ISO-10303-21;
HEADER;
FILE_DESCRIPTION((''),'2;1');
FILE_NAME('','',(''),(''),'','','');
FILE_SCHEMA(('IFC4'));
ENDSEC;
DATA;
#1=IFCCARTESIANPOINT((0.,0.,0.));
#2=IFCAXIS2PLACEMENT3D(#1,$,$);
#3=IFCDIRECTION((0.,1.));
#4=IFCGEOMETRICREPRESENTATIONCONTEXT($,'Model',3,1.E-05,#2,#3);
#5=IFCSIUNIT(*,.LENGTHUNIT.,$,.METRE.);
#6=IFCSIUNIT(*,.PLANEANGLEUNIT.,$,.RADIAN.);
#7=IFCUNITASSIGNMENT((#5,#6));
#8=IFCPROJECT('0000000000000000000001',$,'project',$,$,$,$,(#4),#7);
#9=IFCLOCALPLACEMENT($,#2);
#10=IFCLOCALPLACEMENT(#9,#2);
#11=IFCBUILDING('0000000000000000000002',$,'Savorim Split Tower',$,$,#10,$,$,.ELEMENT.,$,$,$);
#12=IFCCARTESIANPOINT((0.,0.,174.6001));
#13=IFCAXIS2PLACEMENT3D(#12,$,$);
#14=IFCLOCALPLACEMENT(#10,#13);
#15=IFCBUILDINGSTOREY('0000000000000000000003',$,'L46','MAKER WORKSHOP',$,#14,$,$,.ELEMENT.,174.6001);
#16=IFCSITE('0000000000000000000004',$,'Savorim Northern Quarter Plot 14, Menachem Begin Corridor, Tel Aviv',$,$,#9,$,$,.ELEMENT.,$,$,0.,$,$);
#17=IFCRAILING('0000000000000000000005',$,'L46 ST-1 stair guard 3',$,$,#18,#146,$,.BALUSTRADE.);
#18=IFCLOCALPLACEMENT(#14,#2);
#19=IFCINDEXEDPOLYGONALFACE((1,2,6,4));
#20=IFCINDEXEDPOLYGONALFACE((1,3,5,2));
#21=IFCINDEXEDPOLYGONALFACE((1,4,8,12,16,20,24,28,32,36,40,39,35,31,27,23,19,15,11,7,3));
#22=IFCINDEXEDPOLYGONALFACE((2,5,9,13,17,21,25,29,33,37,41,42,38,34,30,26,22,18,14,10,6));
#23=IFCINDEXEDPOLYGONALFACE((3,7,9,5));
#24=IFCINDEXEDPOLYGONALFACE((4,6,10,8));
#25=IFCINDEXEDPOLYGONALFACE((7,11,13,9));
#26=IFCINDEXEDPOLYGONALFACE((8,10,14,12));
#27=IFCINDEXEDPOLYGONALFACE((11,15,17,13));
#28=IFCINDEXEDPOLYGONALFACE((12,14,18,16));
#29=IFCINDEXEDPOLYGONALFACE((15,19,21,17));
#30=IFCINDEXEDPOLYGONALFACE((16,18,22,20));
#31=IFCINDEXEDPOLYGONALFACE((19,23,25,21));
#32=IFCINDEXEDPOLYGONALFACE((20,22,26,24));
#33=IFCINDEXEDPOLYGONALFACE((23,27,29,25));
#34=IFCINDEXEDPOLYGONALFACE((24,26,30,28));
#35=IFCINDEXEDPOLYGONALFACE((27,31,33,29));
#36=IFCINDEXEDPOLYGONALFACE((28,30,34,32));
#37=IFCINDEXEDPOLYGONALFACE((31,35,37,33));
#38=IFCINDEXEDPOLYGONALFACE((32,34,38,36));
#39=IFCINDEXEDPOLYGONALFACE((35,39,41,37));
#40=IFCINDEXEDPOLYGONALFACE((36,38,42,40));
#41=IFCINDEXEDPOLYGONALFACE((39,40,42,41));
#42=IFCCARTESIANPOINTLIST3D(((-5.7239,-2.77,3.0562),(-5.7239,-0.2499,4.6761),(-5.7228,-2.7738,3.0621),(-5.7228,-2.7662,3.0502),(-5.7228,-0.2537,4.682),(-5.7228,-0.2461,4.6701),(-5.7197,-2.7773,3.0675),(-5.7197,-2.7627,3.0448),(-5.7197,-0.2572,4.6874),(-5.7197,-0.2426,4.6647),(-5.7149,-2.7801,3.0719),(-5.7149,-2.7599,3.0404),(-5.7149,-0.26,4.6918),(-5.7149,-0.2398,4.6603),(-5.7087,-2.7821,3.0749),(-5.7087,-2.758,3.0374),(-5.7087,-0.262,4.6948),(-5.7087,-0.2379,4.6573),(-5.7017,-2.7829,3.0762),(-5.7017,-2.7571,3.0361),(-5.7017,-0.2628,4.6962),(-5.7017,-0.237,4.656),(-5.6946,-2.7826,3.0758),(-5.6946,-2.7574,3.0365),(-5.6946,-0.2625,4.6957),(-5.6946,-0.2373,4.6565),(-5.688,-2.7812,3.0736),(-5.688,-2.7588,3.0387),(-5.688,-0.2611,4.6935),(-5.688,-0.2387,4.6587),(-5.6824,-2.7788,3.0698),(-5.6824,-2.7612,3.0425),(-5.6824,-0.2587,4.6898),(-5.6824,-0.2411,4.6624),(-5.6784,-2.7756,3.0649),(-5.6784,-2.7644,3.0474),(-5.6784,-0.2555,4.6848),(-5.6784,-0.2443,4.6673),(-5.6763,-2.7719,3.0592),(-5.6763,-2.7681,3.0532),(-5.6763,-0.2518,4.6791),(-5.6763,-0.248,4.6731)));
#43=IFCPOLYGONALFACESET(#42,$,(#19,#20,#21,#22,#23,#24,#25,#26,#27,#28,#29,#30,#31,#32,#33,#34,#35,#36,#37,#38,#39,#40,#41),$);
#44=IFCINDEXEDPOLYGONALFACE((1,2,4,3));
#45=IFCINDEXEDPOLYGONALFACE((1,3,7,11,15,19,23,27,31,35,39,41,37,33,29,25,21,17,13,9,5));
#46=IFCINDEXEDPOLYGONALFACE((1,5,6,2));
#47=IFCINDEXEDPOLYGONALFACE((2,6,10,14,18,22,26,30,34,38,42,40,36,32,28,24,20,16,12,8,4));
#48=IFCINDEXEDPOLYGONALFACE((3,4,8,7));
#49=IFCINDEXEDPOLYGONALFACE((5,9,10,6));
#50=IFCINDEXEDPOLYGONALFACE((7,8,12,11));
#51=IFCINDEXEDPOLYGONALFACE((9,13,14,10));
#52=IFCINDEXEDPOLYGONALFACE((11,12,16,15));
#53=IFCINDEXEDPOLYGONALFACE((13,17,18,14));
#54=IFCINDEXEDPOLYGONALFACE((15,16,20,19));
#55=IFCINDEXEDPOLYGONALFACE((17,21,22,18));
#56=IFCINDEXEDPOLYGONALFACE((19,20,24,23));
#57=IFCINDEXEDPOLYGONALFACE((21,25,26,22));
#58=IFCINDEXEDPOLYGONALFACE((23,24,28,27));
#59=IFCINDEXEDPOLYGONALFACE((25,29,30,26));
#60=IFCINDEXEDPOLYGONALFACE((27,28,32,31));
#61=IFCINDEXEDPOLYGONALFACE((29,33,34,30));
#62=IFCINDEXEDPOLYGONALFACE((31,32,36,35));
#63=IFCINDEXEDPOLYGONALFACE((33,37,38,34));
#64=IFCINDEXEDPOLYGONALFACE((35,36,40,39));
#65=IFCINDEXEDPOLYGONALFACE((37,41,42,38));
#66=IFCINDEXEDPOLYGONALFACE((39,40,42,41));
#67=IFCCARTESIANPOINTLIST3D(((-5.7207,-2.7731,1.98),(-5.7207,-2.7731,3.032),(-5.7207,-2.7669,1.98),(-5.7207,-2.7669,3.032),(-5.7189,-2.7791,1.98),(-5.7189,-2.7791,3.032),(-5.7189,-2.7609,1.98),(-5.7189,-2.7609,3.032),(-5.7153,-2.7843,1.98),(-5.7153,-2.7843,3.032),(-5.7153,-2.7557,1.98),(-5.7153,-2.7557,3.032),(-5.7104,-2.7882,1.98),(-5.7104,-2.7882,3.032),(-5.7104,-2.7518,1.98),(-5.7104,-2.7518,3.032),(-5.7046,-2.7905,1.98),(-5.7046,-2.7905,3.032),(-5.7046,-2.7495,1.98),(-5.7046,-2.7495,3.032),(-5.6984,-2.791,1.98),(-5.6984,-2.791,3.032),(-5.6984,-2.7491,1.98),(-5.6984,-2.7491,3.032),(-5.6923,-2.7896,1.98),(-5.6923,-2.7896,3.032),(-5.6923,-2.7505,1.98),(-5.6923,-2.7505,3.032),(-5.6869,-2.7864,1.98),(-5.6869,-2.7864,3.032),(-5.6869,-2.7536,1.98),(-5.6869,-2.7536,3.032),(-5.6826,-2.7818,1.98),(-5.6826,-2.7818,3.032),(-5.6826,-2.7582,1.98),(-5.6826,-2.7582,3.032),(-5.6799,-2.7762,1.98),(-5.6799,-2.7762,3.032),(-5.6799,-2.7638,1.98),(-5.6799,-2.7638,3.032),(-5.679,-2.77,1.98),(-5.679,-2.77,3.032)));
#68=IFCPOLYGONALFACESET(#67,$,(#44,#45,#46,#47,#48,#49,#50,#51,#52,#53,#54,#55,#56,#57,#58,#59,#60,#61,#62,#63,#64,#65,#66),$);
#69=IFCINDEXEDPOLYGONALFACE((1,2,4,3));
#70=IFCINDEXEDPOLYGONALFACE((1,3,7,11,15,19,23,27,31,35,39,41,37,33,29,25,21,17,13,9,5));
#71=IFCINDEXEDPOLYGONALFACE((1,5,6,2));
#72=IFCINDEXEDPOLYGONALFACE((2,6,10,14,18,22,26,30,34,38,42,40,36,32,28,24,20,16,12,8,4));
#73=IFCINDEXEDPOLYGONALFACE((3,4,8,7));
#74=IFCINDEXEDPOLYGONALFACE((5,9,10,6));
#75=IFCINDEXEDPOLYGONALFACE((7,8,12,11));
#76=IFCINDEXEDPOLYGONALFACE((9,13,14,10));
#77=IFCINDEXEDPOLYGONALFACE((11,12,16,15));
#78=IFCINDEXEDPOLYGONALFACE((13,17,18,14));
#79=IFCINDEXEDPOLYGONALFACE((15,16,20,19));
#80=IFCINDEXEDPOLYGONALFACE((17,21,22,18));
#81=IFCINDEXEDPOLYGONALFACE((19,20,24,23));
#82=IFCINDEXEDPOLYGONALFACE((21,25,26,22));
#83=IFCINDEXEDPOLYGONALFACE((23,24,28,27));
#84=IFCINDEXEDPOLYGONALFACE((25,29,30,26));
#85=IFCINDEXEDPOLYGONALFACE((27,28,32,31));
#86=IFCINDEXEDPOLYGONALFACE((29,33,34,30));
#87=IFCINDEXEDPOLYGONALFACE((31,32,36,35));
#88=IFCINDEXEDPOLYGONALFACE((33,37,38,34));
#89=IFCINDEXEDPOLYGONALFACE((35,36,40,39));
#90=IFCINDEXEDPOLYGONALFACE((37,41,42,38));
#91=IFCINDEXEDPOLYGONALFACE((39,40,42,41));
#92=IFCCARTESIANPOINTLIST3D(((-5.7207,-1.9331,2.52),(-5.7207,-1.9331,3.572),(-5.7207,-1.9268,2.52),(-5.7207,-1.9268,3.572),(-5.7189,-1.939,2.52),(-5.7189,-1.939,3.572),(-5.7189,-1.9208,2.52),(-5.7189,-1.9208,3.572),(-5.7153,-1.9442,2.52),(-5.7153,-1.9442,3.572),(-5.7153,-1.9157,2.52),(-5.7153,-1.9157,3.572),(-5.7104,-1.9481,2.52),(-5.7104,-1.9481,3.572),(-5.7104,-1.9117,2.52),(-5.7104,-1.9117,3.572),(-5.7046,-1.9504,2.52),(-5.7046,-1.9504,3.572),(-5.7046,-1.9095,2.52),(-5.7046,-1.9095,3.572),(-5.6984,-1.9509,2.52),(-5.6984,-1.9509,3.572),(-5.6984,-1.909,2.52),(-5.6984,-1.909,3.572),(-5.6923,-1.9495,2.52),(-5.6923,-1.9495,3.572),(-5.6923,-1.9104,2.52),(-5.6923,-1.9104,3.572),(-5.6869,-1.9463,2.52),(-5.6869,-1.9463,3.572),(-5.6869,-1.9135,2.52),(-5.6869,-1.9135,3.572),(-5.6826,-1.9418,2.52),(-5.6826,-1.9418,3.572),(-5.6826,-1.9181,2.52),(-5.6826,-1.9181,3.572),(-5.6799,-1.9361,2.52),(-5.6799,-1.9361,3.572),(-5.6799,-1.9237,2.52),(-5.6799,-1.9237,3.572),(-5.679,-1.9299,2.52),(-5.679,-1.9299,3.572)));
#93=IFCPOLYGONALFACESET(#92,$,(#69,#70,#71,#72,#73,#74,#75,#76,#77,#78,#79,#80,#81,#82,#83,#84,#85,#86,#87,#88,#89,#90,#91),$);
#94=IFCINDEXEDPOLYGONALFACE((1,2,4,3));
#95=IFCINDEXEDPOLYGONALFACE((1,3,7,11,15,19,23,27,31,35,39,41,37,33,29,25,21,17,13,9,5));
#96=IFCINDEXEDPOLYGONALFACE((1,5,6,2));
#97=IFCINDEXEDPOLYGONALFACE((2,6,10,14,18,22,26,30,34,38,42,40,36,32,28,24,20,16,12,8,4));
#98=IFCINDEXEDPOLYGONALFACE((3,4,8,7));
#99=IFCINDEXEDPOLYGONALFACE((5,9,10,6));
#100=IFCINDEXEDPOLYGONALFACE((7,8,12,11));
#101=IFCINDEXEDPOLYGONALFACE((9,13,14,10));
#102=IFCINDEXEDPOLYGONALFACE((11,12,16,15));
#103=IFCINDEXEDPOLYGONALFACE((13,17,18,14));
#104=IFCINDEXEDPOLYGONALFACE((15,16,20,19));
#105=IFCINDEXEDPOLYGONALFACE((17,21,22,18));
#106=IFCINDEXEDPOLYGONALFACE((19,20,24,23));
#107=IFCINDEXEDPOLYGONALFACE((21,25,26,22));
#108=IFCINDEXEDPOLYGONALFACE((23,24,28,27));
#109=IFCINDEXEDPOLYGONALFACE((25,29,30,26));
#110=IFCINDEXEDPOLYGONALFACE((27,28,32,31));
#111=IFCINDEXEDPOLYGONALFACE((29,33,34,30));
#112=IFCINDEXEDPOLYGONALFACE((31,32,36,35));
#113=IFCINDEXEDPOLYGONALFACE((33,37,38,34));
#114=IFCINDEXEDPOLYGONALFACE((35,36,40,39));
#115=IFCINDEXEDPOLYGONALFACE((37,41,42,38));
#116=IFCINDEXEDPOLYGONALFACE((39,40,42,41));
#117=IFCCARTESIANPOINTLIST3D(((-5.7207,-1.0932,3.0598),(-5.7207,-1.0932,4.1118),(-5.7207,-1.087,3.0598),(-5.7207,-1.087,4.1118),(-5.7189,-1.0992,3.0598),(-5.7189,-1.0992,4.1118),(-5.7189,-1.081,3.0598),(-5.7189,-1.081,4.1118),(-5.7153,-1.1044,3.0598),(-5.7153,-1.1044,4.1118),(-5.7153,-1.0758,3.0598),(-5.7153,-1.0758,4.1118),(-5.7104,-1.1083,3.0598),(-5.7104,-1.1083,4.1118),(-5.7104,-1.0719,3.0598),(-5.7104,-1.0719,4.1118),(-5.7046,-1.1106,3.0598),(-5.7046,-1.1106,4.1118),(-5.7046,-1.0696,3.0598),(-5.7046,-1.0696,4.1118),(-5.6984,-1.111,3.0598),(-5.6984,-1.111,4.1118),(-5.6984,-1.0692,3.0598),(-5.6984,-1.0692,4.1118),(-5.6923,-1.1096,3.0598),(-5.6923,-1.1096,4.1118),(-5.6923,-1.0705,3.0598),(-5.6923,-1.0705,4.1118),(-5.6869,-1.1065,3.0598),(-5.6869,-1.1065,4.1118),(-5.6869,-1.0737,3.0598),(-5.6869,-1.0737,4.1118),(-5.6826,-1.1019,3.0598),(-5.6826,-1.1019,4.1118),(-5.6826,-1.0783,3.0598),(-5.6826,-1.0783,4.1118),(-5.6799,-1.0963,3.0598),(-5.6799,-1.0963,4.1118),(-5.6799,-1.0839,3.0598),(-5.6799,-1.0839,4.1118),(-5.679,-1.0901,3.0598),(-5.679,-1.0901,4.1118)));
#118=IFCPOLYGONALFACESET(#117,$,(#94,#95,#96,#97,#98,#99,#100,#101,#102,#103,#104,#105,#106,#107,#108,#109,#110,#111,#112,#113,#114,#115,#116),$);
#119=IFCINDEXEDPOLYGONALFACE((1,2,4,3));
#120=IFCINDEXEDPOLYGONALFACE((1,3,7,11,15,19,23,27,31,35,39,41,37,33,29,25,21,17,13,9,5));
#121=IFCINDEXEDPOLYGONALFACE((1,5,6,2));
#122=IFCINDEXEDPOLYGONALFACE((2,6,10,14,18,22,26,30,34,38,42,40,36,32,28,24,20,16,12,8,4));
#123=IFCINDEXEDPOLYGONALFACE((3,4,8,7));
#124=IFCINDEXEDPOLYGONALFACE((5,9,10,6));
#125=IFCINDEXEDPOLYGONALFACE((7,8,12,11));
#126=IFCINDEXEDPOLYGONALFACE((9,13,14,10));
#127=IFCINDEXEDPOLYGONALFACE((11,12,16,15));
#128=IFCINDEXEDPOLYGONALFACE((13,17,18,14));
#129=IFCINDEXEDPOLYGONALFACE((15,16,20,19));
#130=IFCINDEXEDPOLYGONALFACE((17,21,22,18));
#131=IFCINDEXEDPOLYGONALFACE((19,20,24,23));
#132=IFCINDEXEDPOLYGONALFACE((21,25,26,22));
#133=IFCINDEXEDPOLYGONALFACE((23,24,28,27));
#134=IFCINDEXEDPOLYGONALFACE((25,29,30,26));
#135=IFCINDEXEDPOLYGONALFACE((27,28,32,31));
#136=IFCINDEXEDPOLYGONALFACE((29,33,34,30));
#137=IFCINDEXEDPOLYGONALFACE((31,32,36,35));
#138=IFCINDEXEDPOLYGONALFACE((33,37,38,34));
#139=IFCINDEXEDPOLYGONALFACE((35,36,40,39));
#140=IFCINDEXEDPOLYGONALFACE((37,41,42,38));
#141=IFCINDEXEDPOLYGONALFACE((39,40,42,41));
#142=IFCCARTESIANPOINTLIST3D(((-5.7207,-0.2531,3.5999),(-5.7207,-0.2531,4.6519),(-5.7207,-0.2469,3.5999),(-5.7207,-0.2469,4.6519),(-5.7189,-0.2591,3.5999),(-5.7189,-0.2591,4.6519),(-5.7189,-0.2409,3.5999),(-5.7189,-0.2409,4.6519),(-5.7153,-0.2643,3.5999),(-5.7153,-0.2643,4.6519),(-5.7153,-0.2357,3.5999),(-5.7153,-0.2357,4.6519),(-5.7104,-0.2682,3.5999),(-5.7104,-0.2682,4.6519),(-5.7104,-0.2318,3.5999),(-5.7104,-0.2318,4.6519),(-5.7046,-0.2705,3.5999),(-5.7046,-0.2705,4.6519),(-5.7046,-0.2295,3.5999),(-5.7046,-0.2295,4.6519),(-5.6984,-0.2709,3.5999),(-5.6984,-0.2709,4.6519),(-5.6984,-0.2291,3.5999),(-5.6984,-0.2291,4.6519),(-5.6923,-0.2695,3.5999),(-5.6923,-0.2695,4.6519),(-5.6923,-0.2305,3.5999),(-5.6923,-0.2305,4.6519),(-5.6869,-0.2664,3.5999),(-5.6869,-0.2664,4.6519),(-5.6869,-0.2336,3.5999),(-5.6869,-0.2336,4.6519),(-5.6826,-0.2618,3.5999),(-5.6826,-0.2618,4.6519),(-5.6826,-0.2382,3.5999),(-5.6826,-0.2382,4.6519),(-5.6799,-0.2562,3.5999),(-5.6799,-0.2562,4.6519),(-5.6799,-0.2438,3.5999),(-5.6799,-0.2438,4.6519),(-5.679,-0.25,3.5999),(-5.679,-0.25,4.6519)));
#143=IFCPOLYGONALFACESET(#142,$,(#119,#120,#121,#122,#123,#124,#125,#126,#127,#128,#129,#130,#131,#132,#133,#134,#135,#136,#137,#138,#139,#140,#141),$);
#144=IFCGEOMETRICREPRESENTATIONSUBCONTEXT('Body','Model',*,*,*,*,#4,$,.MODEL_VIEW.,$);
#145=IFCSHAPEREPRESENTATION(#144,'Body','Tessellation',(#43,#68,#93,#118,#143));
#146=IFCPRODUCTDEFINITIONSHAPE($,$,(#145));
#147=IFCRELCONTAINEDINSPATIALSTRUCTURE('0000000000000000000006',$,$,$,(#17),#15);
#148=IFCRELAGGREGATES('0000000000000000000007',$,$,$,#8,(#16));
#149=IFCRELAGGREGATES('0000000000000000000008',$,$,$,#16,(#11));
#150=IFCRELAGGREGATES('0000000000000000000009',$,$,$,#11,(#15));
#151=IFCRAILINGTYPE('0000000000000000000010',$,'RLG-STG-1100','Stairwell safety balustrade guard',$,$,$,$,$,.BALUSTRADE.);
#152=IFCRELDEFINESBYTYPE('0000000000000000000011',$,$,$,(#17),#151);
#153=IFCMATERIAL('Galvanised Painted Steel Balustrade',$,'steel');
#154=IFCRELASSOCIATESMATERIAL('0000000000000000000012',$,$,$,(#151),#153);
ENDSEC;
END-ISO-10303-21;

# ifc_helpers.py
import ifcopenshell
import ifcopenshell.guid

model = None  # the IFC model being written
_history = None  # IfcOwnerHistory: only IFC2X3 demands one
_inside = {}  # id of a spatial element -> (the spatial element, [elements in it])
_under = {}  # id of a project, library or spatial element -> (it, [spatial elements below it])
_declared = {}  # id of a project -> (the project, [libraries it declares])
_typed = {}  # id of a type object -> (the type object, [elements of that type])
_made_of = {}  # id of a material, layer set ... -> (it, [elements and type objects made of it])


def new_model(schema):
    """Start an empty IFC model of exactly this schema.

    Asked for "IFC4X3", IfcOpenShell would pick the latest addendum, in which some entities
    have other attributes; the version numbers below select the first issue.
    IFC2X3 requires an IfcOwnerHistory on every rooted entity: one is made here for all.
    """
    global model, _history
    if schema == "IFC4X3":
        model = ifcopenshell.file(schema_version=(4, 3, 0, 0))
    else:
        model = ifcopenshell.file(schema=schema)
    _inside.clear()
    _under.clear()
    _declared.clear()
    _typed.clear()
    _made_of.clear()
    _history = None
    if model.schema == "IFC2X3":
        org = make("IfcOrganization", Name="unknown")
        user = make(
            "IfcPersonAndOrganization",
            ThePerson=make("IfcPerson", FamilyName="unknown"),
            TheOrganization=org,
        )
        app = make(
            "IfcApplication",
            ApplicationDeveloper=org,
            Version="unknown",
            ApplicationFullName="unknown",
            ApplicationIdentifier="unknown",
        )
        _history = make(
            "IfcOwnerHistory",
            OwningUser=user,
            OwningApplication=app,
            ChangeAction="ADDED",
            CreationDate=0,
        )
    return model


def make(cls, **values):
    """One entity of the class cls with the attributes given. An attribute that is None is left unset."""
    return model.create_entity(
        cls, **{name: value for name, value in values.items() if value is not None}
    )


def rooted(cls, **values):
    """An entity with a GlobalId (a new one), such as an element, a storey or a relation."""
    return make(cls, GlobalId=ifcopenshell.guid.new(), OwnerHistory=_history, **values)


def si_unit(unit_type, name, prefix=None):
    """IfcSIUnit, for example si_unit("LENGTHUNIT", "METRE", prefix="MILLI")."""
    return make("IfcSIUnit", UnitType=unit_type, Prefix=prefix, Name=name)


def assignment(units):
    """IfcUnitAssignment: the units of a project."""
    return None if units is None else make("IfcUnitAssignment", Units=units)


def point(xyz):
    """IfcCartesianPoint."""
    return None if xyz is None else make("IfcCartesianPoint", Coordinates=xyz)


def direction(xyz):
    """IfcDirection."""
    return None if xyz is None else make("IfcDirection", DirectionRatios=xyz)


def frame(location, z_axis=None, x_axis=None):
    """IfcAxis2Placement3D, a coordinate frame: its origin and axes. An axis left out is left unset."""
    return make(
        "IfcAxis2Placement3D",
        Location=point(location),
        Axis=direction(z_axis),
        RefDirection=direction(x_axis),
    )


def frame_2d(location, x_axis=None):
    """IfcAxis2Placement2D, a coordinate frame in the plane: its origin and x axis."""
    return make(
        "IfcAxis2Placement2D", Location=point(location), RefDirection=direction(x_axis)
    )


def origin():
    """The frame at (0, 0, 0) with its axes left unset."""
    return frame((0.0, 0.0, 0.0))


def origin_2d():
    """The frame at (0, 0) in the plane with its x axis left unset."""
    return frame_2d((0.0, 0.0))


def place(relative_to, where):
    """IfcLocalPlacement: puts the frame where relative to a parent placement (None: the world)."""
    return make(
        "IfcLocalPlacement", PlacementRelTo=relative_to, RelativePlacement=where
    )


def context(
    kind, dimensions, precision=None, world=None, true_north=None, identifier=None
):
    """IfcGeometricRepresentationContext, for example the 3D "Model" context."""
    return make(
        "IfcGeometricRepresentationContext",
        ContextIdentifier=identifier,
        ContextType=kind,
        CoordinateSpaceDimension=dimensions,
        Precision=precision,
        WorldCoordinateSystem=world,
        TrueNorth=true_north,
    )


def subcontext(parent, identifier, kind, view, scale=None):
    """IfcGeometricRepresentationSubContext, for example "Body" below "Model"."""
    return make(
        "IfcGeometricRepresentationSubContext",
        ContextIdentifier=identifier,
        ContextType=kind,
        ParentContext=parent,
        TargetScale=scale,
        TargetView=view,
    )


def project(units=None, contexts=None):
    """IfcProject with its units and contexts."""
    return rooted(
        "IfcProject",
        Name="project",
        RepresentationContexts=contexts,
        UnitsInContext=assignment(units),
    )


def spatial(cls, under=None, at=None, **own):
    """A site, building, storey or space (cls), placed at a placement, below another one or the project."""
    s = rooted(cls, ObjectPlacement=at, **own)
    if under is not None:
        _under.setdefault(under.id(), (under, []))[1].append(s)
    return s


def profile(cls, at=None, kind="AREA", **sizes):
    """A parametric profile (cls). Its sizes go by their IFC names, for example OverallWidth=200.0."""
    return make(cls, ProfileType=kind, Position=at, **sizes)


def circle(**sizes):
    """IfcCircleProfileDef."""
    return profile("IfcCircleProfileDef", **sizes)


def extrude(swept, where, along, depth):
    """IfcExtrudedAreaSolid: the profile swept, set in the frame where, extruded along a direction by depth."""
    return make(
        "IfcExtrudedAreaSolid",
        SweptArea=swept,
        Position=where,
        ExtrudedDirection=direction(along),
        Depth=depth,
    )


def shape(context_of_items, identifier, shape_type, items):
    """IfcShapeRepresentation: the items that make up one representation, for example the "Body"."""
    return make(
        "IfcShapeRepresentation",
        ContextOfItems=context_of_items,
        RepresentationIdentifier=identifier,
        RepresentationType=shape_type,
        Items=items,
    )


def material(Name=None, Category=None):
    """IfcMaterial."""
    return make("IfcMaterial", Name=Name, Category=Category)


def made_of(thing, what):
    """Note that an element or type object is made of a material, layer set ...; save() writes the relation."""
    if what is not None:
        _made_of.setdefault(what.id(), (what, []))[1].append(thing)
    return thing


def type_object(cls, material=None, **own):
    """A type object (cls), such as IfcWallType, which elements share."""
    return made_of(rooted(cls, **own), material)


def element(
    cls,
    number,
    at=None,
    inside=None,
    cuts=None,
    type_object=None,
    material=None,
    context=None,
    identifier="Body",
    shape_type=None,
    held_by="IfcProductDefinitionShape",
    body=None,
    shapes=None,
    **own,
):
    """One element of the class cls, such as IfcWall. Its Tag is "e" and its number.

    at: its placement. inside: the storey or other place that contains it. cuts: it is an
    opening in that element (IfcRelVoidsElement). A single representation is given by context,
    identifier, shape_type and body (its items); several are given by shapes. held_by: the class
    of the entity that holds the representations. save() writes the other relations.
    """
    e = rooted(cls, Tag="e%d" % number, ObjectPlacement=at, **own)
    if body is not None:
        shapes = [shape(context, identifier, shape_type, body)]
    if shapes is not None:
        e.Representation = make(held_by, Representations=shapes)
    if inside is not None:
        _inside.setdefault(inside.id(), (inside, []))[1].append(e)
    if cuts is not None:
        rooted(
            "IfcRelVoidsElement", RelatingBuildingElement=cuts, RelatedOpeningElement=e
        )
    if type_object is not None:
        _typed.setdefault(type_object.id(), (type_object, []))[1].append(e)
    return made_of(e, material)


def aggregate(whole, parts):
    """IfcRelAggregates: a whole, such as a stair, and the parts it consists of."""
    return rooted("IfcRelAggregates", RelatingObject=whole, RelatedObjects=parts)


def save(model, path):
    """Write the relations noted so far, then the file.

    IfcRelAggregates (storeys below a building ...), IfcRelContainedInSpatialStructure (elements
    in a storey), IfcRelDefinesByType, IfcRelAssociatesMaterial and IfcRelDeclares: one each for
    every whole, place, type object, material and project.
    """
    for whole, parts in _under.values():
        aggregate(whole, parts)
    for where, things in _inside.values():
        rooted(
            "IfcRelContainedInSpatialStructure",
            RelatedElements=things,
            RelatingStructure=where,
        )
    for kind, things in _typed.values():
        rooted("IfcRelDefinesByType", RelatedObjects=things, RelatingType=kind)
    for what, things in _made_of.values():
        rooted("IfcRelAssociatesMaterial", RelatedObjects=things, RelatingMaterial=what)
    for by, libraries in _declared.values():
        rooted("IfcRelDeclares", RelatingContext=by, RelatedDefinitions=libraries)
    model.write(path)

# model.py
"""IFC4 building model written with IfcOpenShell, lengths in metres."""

from ifc_helpers import new_model, si_unit, direction, frame, origin, origin_2d, place, context, subcontext, project, spatial, circle, extrude, material, type_object, element, save


model = new_model("IFC4")

# Units and contexts
model_context = context("Model", 3, precision=1e-05, world=origin(), true_north=direction((0.0, 1.0)))
body_context = subcontext(model_context, "Body", "Model", "MODEL_VIEW")
ifc_project = project(units=[si_unit("LENGTHUNIT", "METRE"), si_unit("PLANEANGLEUNIT", "RADIAN")], contexts=[model_context])

# Site, building, storey
site_placement = place(None, origin())
site = spatial("IfcSite", under=ifc_project, at=site_placement, Name="Savorim Northern Quarter Plot 14, Menachem Begin Corridor, Tel Aviv", CompositionType="ELEMENT", RefElevation=0.0)
building_placement = place(site_placement, origin())
building = spatial("IfcBuilding", under=site, at=building_placement, Name="Savorim Split Tower", CompositionType="ELEMENT")
storey_placement = place(building_placement, frame((0.0, 0.0, 174.6001)))
storey = spatial("IfcBuildingStorey", under=building, at=storey_placement, Name="L46", Description="MAKER WORKSHOP", CompositionType="ELEMENT", Elevation=174.6001)

# Railing
ifc_material_1 = material(Name="Galvanised Painted Steel Balustrade", Category="steel")
railing_type_1 = type_object("IfcRailingType", Name="RLG-STG-1100", Description="Stairwell safety balustrade guard", PredefinedType="BALUSTRADE", material=ifc_material_1)
railing_1_placement = place(storey_placement, frame((-5.7, -2.77, 1.98)))
element("IfcRailing", 1, at=railing_1_placement, inside=storey, type_object=railing_type_1, Name="L46 ST-1 stair guard 3", PredefinedType="BALUSTRADE", context=body_context, shape_type="SweptSolid", body=[
    extrude(circle(Radius=0.0239, at=origin_2d()), frame((0.0, 0.0, 1.0762), z_axis=(0.0, 0.8412, 0.540725), x_axis=(-1.0, 0.0, 0.0)), (0.0, 0.0, 1.0), 2.9958),
    extrude(circle(Radius=0.021, at=origin_2d()), origin(), (0.0, 0.0, 1.0), 1.052),
    extrude(circle(Radius=0.021, at=origin_2d()), frame((0.0, 0.8401, 0.54)), (0.0, 0.0, 1.0), 1.052),
    extrude(circle(Radius=0.021, at=origin_2d()), frame((0.0, 1.6799, 1.0798)), (0.0, 0.0, 1.0), 1.052),
    extrude(circle(Radius=0.021, at=origin_2d()), frame((0.0, 2.52, 1.6199)), (0.0, 0.0, 1.0), 1.052),
])

save(model, "model.ifc")
